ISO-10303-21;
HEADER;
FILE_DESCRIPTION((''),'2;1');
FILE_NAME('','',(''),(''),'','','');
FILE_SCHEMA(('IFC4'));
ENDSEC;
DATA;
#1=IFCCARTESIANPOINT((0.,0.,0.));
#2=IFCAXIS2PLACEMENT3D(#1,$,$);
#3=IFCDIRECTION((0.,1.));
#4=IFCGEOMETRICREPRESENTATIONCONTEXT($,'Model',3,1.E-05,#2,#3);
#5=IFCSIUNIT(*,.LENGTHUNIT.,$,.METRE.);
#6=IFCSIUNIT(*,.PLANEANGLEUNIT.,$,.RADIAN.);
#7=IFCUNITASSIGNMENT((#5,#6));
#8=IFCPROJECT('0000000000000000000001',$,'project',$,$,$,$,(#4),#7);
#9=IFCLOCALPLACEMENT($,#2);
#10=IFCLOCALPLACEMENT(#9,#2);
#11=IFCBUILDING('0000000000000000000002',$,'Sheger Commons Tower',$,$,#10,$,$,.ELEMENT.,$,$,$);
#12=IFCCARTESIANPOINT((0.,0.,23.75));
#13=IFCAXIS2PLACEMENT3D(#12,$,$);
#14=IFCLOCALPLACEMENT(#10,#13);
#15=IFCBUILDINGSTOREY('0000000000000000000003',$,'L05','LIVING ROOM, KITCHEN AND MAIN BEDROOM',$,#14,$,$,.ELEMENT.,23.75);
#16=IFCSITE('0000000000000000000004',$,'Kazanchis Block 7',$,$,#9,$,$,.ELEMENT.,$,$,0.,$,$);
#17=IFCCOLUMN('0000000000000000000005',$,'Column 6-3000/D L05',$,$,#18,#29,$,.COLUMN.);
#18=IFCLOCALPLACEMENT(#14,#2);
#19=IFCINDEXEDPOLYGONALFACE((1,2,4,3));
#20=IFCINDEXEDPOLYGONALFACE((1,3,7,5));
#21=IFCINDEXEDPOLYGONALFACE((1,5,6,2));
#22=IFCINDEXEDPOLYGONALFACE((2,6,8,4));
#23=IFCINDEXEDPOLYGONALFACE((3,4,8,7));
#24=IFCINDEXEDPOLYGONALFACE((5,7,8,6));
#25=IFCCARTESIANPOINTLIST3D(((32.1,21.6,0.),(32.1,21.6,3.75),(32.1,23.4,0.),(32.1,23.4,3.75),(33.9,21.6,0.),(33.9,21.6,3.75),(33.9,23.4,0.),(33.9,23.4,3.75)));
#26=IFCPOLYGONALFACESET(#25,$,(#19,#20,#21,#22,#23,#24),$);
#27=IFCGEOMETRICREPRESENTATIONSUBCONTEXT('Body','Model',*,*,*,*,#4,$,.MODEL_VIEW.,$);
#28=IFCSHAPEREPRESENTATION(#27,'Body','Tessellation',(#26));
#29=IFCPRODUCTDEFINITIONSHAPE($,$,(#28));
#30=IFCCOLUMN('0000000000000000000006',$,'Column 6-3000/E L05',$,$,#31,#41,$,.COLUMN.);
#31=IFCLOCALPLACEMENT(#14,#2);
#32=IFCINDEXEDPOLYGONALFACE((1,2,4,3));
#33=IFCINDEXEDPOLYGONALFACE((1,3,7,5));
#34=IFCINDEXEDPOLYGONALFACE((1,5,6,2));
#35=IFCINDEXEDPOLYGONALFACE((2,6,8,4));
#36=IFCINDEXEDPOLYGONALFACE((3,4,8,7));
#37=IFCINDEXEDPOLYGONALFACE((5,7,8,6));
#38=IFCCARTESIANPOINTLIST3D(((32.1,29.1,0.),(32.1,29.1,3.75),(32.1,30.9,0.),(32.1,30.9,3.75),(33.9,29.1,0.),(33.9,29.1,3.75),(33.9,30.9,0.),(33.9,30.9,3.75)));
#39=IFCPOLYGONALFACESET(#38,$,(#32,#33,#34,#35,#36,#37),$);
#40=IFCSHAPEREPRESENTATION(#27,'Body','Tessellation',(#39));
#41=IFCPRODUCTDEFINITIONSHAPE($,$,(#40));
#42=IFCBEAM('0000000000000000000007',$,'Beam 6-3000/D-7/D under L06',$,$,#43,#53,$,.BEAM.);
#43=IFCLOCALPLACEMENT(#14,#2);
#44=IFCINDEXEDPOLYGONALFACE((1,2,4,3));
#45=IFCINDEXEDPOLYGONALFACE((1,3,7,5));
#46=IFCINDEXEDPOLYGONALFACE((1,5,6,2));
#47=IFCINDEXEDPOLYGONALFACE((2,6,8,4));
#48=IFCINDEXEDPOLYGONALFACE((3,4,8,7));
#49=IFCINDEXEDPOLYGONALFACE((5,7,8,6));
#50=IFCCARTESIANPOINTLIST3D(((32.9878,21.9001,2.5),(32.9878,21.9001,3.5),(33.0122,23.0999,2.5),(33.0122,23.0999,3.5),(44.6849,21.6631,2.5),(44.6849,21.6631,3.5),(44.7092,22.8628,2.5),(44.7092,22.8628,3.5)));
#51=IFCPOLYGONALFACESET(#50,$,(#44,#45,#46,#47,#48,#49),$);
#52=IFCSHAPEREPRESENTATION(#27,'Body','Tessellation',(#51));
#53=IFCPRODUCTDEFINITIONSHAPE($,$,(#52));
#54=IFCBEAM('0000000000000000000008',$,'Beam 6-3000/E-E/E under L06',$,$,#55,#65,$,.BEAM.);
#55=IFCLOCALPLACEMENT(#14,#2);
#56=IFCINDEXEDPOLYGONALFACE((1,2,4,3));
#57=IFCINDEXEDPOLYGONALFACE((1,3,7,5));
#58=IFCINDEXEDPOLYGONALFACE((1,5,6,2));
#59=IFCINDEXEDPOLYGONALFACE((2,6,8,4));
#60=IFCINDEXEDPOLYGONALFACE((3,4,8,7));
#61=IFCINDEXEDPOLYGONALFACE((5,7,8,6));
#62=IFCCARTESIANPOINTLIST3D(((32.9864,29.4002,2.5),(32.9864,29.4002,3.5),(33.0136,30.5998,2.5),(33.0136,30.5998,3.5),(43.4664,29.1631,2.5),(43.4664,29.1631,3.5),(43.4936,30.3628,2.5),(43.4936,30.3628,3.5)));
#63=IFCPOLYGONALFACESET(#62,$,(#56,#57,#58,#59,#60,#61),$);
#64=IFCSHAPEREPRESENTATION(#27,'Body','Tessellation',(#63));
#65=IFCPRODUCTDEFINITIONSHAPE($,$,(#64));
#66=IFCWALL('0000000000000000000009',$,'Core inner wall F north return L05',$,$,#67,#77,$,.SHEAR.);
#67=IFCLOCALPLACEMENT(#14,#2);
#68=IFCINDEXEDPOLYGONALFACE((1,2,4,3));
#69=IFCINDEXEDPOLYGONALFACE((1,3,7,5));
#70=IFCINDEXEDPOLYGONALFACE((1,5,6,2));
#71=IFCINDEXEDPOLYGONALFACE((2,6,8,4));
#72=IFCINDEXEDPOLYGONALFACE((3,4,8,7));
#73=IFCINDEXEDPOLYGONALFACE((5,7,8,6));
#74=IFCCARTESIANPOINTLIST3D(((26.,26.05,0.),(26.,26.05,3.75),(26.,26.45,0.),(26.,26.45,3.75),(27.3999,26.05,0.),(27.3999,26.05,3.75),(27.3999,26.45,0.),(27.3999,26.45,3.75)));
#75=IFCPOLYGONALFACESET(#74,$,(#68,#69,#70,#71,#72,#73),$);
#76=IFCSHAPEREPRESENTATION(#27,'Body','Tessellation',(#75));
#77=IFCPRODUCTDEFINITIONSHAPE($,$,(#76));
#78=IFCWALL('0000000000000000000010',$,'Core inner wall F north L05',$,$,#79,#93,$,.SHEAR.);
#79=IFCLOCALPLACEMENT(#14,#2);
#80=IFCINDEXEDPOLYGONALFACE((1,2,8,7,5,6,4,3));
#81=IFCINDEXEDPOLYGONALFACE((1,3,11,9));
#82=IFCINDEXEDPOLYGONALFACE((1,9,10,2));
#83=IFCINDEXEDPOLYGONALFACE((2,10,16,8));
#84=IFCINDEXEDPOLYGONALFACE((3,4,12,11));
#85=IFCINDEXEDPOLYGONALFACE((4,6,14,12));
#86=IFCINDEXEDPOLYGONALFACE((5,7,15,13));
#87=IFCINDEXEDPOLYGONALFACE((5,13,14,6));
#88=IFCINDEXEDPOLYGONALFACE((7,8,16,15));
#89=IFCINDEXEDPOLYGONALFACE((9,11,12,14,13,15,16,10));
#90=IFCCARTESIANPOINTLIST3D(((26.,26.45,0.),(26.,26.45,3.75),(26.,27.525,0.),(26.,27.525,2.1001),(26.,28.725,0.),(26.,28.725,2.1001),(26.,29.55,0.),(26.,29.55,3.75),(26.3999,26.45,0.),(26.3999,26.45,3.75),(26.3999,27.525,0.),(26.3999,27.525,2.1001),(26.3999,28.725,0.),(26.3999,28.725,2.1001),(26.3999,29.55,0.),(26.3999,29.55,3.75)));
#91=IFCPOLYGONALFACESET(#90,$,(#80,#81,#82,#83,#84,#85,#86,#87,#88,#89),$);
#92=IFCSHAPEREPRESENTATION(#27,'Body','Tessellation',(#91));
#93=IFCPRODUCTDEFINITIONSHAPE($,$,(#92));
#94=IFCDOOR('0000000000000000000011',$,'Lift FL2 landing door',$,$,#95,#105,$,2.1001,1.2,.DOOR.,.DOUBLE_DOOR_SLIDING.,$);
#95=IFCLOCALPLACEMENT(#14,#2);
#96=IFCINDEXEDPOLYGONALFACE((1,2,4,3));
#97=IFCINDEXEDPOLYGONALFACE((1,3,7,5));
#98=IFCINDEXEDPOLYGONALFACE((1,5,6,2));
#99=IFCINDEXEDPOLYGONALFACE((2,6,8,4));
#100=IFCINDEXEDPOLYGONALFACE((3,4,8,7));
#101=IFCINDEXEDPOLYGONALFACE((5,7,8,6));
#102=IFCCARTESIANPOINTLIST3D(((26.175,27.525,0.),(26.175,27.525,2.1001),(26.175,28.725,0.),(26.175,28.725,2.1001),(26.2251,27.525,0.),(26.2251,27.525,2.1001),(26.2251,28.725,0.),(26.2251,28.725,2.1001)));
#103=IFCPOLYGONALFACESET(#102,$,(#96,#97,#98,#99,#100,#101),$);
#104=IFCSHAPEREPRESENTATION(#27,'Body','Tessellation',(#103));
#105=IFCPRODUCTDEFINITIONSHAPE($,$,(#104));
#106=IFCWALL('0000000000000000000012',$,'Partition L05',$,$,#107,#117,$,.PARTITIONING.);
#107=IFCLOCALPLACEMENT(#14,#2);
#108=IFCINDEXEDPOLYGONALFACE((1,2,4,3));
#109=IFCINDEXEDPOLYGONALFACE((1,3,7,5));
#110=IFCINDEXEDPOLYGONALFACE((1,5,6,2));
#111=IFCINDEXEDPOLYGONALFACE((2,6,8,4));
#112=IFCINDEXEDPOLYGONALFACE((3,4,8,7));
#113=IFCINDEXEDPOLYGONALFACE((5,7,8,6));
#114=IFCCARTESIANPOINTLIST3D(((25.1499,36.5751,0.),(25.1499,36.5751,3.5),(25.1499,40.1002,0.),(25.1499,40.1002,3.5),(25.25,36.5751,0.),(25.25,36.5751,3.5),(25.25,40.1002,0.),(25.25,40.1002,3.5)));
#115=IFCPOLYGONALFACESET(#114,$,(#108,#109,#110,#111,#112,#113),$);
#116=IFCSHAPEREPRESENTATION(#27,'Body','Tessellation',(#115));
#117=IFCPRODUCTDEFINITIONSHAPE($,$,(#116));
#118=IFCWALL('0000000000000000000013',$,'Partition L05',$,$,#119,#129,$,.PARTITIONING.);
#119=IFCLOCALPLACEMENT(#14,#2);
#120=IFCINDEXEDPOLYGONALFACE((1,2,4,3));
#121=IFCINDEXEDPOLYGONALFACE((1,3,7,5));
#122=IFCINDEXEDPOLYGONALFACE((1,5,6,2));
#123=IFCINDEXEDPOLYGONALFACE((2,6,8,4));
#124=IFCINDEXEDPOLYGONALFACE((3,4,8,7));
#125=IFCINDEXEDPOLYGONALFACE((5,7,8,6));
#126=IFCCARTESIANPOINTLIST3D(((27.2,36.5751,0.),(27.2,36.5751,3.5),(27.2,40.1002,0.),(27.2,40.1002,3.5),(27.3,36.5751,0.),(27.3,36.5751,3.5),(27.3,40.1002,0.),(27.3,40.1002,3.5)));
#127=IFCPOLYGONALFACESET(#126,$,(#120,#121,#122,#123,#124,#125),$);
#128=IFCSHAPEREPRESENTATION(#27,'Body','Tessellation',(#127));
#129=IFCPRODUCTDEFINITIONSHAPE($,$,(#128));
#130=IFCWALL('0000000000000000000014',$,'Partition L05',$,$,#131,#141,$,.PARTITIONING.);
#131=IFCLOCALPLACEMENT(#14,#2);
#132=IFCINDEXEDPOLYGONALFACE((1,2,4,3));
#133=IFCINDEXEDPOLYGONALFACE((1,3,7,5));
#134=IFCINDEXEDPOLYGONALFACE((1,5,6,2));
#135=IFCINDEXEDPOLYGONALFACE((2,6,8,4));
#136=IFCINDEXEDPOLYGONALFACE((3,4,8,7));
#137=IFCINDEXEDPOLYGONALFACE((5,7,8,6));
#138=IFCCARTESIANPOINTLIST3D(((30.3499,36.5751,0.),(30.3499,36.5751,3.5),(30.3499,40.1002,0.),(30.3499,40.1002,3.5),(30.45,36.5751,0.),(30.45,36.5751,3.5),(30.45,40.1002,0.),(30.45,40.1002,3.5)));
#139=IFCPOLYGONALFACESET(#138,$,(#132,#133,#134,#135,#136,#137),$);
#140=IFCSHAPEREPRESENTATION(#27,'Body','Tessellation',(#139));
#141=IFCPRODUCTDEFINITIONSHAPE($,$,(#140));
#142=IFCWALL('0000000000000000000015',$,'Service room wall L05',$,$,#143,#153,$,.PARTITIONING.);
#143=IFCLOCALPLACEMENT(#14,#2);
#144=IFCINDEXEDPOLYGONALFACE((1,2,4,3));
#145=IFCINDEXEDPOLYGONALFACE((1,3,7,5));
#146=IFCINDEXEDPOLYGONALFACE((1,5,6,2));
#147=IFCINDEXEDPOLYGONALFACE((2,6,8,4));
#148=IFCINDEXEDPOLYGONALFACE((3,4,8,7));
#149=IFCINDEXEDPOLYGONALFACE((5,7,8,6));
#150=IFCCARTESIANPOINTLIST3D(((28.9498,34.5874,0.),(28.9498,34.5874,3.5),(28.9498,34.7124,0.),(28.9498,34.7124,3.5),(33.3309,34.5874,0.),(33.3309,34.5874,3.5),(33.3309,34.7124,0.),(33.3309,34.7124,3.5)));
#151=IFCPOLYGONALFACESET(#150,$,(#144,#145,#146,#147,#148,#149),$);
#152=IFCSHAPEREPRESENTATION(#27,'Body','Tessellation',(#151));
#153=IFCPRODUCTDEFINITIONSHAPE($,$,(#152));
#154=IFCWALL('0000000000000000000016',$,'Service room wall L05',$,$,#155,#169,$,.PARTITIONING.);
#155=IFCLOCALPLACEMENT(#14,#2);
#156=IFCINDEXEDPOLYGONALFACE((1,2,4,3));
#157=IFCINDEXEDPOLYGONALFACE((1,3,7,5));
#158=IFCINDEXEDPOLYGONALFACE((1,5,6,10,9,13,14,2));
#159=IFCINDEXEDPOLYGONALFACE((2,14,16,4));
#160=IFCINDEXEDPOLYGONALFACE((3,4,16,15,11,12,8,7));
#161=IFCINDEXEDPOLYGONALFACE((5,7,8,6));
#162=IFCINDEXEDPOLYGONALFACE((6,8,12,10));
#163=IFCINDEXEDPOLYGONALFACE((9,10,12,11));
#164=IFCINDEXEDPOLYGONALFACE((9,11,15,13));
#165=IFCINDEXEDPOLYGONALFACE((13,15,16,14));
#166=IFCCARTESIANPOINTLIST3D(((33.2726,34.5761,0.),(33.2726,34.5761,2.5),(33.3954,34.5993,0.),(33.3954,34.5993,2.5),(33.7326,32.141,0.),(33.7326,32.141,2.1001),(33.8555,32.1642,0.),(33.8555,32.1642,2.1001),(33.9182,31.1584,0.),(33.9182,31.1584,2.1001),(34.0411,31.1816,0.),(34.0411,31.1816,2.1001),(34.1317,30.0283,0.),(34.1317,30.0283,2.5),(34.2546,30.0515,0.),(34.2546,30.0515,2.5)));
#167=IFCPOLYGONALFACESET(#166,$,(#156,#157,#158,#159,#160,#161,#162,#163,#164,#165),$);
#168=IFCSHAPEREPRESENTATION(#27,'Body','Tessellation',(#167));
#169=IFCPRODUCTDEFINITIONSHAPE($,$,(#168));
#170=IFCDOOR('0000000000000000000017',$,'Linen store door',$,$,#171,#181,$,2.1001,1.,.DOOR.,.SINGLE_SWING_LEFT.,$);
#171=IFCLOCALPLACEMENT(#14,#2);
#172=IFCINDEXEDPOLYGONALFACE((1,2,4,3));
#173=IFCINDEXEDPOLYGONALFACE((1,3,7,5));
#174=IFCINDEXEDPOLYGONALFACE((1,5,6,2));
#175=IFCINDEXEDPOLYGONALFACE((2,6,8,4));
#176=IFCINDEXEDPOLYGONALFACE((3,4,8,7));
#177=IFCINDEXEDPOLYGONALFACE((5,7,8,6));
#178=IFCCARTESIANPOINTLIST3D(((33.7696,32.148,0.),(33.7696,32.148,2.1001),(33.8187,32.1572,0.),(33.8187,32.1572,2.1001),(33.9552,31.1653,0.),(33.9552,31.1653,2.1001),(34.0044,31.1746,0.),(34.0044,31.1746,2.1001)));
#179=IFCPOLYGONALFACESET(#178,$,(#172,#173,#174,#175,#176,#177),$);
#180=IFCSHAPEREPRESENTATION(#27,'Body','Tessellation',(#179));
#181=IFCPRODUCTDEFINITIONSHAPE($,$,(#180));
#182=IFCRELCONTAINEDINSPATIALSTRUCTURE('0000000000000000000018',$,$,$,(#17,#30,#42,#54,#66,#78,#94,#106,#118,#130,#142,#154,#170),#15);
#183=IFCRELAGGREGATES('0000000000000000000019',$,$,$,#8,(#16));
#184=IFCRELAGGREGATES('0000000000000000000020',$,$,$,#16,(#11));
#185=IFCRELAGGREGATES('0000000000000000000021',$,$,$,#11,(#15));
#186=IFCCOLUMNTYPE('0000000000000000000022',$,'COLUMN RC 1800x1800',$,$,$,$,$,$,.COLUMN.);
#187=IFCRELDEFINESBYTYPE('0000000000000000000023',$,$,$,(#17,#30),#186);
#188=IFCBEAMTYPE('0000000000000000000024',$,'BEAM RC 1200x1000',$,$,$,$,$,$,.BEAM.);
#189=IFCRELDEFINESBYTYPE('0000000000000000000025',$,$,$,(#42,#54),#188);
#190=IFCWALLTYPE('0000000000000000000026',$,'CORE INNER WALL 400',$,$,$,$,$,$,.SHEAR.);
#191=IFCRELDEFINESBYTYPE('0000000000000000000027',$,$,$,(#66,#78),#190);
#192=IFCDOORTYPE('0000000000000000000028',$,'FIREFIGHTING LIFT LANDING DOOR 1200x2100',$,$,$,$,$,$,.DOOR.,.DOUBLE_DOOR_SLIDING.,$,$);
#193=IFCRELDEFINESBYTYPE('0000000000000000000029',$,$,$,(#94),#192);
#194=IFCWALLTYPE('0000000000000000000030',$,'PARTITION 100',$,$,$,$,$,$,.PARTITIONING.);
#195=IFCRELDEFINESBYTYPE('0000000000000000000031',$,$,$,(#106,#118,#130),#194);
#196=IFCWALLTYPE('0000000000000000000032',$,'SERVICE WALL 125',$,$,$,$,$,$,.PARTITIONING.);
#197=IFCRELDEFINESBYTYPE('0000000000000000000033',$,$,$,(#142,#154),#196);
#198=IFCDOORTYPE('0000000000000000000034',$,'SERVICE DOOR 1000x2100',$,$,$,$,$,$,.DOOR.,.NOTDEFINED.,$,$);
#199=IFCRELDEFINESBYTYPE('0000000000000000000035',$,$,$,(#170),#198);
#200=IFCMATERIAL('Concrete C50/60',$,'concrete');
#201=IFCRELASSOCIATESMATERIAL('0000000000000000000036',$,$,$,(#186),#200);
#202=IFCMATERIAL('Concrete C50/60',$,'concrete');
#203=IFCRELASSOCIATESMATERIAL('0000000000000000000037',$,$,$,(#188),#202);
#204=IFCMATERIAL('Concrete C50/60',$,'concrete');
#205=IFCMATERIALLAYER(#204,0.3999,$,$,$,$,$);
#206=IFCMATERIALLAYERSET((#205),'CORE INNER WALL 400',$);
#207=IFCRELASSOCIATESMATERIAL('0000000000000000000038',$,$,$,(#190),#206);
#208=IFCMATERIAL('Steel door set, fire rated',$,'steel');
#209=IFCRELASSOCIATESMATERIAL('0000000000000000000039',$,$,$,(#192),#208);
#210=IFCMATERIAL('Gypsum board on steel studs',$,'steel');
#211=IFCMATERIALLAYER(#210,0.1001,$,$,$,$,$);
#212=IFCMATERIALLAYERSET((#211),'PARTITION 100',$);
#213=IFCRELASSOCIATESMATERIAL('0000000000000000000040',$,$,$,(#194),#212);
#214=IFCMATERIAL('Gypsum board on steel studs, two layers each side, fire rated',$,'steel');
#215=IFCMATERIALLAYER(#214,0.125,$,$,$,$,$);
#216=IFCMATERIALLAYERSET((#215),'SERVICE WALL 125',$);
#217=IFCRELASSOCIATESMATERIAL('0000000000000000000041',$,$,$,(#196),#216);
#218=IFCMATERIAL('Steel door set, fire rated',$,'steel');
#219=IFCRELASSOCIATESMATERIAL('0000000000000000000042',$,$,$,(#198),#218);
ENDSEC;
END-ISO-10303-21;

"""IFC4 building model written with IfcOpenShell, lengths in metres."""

from ifc_helpers import new_model, si_unit, direction, frame, frame_2d, origin, origin_2d, place, context, subcontext, project, spatial, rectangle, extrude, material, layer, layer_set, material_profile, profile_set, type_object, element, fill, save


model = new_model("IFC4")

# Units and contexts
model_context = context("Model", 3, precision=1e-05, world=origin(), true_north=direction((0.0, 1.0)))
body_context = subcontext(model_context, "Body", "Model", "MODEL_VIEW")
ifc_project = project(units=[si_unit("LENGTHUNIT", "METRE"), si_unit("PLANEANGLEUNIT", "RADIAN")], contexts=[model_context])

# Site, building, storey
site_placement = place(None, origin())
site = spatial("IfcSite", under=ifc_project, at=site_placement, Name="Kazanchis Block 7", CompositionType="ELEMENT", RefElevation=0.0)
building_placement = place(site_placement, origin())
building = spatial("IfcBuilding", under=site, at=building_placement, Name="Sheger Commons Tower", CompositionType="ELEMENT")
storey_placement = place(building_placement, frame((0.0, 0.0, 23.75)))
storey = spatial("IfcBuildingStorey", under=building, at=storey_placement, Name="L05", Description="LIVING ROOM, KITCHEN AND MAIN BEDROOM", CompositionType="ELEMENT", Elevation=23.75)

# Columns
ifc_material_1 = material(Name="Concrete C50/60", Category="concrete")
ifc_material_profile_1 = material_profile(ifc_material_1, rectangle(XDim=1.8, YDim=1.8, at=origin_2d()), Name="RC 1800x1800")
ifc_profile_set_1 = profile_set([ifc_material_profile_1], Name="Concrete C50/60")
column_type = type_object("IfcColumnType", Name="COLUMN RC 1800x1800", PredefinedType="COLUMN", material=ifc_profile_set_1)
for number, where, z_axis, x_axis, name in (
    (1, (33.0, 22.5, 0.0), (0.0, 0.0, 1.0), (1.0, 0.0, 0.0), "Column 6-3000/D L05"),
    (2, (33.0, 30.0, 0.0), (0.0, 0.0, 1.0), (1.0, 0.0, 0.0), "Column 6-3000/E L05"),
):
    element("IfcColumn", number, at=place(storey_placement, frame(where, z_axis=z_axis, x_axis=x_axis)), inside=storey, type_object=column_type, Name=name, PredefinedType="COLUMN", context=body_context, shape_type="SweptSolid", body=[
        extrude(rectangle(XDim=1.8, YDim=1.8, at=origin_2d()), origin(), (0.0, 0.0, 1.0), 3.75),
    ])

# Beams
ifc_material_2 = material(Name="Concrete C50/60", Category="concrete")
ifc_material_profile_2 = material_profile(ifc_material_2, rectangle(XDim=1.2, YDim=1.0, at=origin_2d()), Name="RC 1200x1000")
ifc_profile_set_2 = profile_set([ifc_material_profile_2], Name="Concrete C50/60")
beam_type = type_object("IfcBeamType", Name="BEAM RC 1200x1000", PredefinedType="BEAM", material=ifc_profile_set_2)
beam_1_placement = place(storey_placement, frame((33.0, 22.5, 3.0), z_axis=(0.999795, -0.020263, 0.0), x_axis=(0.020263, 0.999795, 0.0)))
element("IfcBeam", 3, at=beam_1_placement, inside=storey, type_object=beam_type, Name="Beam 6-3000/D-7/D under L06", PredefinedType="BEAM", context=body_context, shape_type="SweptSolid", body=[
    extrude(rectangle(XDim=1.2, YDim=1.0, at=origin_2d()), origin(), (0.0, 0.0, 1.0), 11.6995),
])
beam_2_placement = place(storey_placement, frame((33.0, 30.0, 3.0), z_axis=(0.999744, -0.022615, 0.0), x_axis=(0.022615, 0.999744, 0.0)))
element("IfcBeam", 4, at=beam_2_placement, inside=storey, type_object=beam_type, Name="Beam 6-3000/E-E/E under L06", PredefinedType="BEAM", context=body_context, shape_type="SweptSolid", body=[
    extrude(rectangle(XDim=1.2, YDim=1.0, at=origin_2d()), origin(), (0.0, 0.0, 1.0), 10.4827),
])

# Wall
ifc_material_3 = material(Name="Concrete C50/60", Category="concrete")
ifc_layer_1 = layer(ifc_material_3, 0.3999)
ifc_layer_set_1 = layer_set([ifc_layer_1], Name="CORE INNER WALL 400")
wall_type_1 = type_object("IfcWallType", Name="CORE INNER WALL 400", PredefinedType="SHEAR", material=ifc_layer_set_1)
wall_1_placement = place(storey_placement, frame((26.0, 26.25, 0.0), z_axis=(0.0, 0.0, 1.0), x_axis=(1.0, 0.0, 0.0)))
element("IfcWall", 5, at=wall_1_placement, inside=storey, type_object=wall_type_1, Name="Core inner wall F north return L05", PredefinedType="SHEAR", context=body_context, shape_type="SweptSolid", body=[
    extrude(rectangle(XDim=1.3999, YDim=0.3999, at=frame_2d((0.7, 0.0))), origin(), (0.0, 0.0, 1.0), 3.75),
])

# Wall, opening, door
wall_2_placement = place(storey_placement, frame((26.2, 26.45, 0.0), z_axis=(0.0, 0.0, 1.0), x_axis=(0.0, 1.0, 0.0)))
wall_2 = element("IfcWall", 6, at=wall_2_placement, inside=storey, type_object=wall_type_1, Name="Core inner wall F north L05", PredefinedType="SHEAR", context=body_context, shape_type="SweptSolid", body=[
    extrude(rectangle(XDim=3.1001, YDim=0.3999, at=frame_2d((1.55, 0.0))), origin(), (0.0, 0.0, 1.0), 3.75),
])
opening_1_placement = place(wall_2_placement, frame((1.075, 0.0, 0.0)))
opening_1 = element("IfcOpeningElement", 7, at=opening_1_placement, cuts=wall_2, PredefinedType="OPENING", context=body_context, shape_type="SweptSolid", body=[
    extrude(rectangle(XDim=1.2, YDim=2.1001, at=frame_2d((0.6001, 1.05))), frame((0.0, 0.21, 0.0), z_axis=(0.0, -1.0, 0.0), x_axis=(1.0, 0.0, 0.0)), (0.0, 0.0, 1.0), 0.4199),
])
ifc_material_4 = material(Name="Steel door set, fire rated", Category="steel")
door_type_1 = type_object("IfcDoorType", Name="FIREFIGHTING LIFT LANDING DOOR 1200x2100", OperationType="DOUBLE_DOOR_SLIDING", PredefinedType="DOOR", material=ifc_material_4)
door_1_placement = place(opening_1_placement, origin())
door_1 = element("IfcDoor", 8, at=door_1_placement, inside=storey, type_object=door_type_1, Name="Lift FL2 landing door", OperationType="DOUBLE_DOOR_SLIDING", OverallHeight=2.1001, OverallWidth=1.2, PredefinedType="DOOR", context=body_context, shape_type="SweptSolid", body=[
    extrude(rectangle(XDim=1.2, YDim=2.1001, at=frame_2d((0.6001, 1.05))), frame((0.0, 0.0249, 0.0), z_axis=(0.0, -1.0, 0.0), x_axis=(1.0, 0.0, 0.0)), (0.0, 0.0, 1.0), 0.05),
])
fill(opening_1, door_1)

# Walls
ifc_material_5 = material(Name="Gypsum board on steel studs", Category="steel")
ifc_layer_2 = layer(ifc_material_5, 0.1001)
ifc_layer_set_2 = layer_set([ifc_layer_2], Name="PARTITION 100")
wall_type_2 = type_object("IfcWallType", Name="PARTITION 100", PredefinedType="PARTITIONING", material=ifc_layer_set_2)
for number, where, z_axis, x_axis, name in (
    (9, (25.2, 36.575, 0.0), (0.0, 0.0, 1.0), (0.0, 1.0, 0.0), "Partition L05"),
    (10, (27.25, 36.575, 0.0), (0.0, 0.0, 1.0), (0.0, 1.0, 0.0), "Partition L05"),
    (11, (30.3999, 36.575, 0.0), (0.0, 0.0, 1.0), (0.0, 1.0, 0.0), "Partition L05"),
):
    element("IfcWall", number, at=place(storey_placement, frame(where, z_axis=z_axis, x_axis=x_axis)), inside=storey, type_object=wall_type_2, Name=name, PredefinedType="PARTITIONING", context=body_context, shape_type="SweptSolid", body=[
        extrude(rectangle(XDim=3.5251, YDim=0.1001, at=frame_2d((1.7627, 0.0))), origin(), (0.0, 0.0, 1.0), 3.5),
    ])
ifc_material_6 = material(Name="Gypsum board on steel studs, two layers each side, fire rated", Category="steel")
ifc_layer_3 = layer(ifc_material_6, 0.125)
ifc_layer_set_3 = layer_set([ifc_layer_3], Name="SERVICE WALL 125")
wall_type_3 = type_object("IfcWallType", Name="SERVICE WALL 125", PredefinedType="PARTITIONING", material=ifc_layer_set_3)
wall_3_placement = place(storey_placement, frame((28.95, 34.6499, 0.0), z_axis=(0.0, 0.0, 1.0), x_axis=(1.0, 0.0, 0.0)))
element("IfcWall", 12, at=wall_3_placement, inside=storey, type_object=wall_type_3, Name="Service room wall L05", PredefinedType="PARTITIONING", context=body_context, shape_type="SweptSolid", body=[
    extrude(rectangle(XDim=4.3811, YDim=0.125, at=frame_2d((2.1904, 0.0))), origin(), (0.0, 0.0, 1.0), 3.5),
])

# Wall, opening, door
wall_4_placement = place(storey_placement, frame((34.1931, 30.04, 0.0), z_axis=(0.0, 0.0, 1.0), x_axis=(-0.185626, 0.98262, 0.0)))
wall_4 = element("IfcWall", 13, at=wall_4_placement, inside=storey, type_object=wall_type_3, Name="Service room wall L05", PredefinedType="PARTITIONING", context=body_context, shape_type="SweptSolid", body=[
    extrude(rectangle(XDim=4.6282, YDim=0.125, at=frame_2d((2.314, 0.0))), origin(), (0.0, 0.0, 1.0), 2.5),
])
opening_2_placement = place(wall_4_placement, frame((1.1499, 0.0, 0.0)))
opening_2 = element("IfcOpeningElement", 14, at=opening_2_placement, cuts=wall_4, PredefinedType="OPENING", context=body_context, shape_type="SweptSolid", body=[
    extrude(rectangle(XDim=1.0, YDim=2.1001, at=frame_2d((0.5, 1.05))), frame((0.0, 0.0725, 0.0), z_axis=(0.0, -1.0, 0.0), x_axis=(1.0, 0.0, 0.0)), (0.0, 0.0, 1.0), 0.145),
])
ifc_material_7 = material(Name="Steel door set, fire rated", Category="steel")
door_type_2 = type_object("IfcDoorType", Name="SERVICE DOOR 1000x2100", OperationType="NOTDEFINED", PredefinedType="DOOR", material=ifc_material_7)
door_2_placement = place(opening_2_placement, origin())
door_2 = element("IfcDoor", 15, at=door_2_placement, inside=storey, type_object=door_type_2, Name="Linen store door", OperationType="SINGLE_SWING_LEFT", OverallHeight=2.1001, OverallWidth=1.0, PredefinedType="DOOR", context=body_context, shape_type="SweptSolid", body=[
    extrude(rectangle(XDim=1.0, YDim=2.1001, at=frame_2d((0.5, 1.05))), frame((0.0, 0.0249, 0.0), z_axis=(0.0, -1.0, 0.0), x_axis=(1.0, 0.0, 0.0)), (0.0, 0.0, 1.0), 0.05),
])
fill(opening_2, door_2)

save(model, "model.ifc")
